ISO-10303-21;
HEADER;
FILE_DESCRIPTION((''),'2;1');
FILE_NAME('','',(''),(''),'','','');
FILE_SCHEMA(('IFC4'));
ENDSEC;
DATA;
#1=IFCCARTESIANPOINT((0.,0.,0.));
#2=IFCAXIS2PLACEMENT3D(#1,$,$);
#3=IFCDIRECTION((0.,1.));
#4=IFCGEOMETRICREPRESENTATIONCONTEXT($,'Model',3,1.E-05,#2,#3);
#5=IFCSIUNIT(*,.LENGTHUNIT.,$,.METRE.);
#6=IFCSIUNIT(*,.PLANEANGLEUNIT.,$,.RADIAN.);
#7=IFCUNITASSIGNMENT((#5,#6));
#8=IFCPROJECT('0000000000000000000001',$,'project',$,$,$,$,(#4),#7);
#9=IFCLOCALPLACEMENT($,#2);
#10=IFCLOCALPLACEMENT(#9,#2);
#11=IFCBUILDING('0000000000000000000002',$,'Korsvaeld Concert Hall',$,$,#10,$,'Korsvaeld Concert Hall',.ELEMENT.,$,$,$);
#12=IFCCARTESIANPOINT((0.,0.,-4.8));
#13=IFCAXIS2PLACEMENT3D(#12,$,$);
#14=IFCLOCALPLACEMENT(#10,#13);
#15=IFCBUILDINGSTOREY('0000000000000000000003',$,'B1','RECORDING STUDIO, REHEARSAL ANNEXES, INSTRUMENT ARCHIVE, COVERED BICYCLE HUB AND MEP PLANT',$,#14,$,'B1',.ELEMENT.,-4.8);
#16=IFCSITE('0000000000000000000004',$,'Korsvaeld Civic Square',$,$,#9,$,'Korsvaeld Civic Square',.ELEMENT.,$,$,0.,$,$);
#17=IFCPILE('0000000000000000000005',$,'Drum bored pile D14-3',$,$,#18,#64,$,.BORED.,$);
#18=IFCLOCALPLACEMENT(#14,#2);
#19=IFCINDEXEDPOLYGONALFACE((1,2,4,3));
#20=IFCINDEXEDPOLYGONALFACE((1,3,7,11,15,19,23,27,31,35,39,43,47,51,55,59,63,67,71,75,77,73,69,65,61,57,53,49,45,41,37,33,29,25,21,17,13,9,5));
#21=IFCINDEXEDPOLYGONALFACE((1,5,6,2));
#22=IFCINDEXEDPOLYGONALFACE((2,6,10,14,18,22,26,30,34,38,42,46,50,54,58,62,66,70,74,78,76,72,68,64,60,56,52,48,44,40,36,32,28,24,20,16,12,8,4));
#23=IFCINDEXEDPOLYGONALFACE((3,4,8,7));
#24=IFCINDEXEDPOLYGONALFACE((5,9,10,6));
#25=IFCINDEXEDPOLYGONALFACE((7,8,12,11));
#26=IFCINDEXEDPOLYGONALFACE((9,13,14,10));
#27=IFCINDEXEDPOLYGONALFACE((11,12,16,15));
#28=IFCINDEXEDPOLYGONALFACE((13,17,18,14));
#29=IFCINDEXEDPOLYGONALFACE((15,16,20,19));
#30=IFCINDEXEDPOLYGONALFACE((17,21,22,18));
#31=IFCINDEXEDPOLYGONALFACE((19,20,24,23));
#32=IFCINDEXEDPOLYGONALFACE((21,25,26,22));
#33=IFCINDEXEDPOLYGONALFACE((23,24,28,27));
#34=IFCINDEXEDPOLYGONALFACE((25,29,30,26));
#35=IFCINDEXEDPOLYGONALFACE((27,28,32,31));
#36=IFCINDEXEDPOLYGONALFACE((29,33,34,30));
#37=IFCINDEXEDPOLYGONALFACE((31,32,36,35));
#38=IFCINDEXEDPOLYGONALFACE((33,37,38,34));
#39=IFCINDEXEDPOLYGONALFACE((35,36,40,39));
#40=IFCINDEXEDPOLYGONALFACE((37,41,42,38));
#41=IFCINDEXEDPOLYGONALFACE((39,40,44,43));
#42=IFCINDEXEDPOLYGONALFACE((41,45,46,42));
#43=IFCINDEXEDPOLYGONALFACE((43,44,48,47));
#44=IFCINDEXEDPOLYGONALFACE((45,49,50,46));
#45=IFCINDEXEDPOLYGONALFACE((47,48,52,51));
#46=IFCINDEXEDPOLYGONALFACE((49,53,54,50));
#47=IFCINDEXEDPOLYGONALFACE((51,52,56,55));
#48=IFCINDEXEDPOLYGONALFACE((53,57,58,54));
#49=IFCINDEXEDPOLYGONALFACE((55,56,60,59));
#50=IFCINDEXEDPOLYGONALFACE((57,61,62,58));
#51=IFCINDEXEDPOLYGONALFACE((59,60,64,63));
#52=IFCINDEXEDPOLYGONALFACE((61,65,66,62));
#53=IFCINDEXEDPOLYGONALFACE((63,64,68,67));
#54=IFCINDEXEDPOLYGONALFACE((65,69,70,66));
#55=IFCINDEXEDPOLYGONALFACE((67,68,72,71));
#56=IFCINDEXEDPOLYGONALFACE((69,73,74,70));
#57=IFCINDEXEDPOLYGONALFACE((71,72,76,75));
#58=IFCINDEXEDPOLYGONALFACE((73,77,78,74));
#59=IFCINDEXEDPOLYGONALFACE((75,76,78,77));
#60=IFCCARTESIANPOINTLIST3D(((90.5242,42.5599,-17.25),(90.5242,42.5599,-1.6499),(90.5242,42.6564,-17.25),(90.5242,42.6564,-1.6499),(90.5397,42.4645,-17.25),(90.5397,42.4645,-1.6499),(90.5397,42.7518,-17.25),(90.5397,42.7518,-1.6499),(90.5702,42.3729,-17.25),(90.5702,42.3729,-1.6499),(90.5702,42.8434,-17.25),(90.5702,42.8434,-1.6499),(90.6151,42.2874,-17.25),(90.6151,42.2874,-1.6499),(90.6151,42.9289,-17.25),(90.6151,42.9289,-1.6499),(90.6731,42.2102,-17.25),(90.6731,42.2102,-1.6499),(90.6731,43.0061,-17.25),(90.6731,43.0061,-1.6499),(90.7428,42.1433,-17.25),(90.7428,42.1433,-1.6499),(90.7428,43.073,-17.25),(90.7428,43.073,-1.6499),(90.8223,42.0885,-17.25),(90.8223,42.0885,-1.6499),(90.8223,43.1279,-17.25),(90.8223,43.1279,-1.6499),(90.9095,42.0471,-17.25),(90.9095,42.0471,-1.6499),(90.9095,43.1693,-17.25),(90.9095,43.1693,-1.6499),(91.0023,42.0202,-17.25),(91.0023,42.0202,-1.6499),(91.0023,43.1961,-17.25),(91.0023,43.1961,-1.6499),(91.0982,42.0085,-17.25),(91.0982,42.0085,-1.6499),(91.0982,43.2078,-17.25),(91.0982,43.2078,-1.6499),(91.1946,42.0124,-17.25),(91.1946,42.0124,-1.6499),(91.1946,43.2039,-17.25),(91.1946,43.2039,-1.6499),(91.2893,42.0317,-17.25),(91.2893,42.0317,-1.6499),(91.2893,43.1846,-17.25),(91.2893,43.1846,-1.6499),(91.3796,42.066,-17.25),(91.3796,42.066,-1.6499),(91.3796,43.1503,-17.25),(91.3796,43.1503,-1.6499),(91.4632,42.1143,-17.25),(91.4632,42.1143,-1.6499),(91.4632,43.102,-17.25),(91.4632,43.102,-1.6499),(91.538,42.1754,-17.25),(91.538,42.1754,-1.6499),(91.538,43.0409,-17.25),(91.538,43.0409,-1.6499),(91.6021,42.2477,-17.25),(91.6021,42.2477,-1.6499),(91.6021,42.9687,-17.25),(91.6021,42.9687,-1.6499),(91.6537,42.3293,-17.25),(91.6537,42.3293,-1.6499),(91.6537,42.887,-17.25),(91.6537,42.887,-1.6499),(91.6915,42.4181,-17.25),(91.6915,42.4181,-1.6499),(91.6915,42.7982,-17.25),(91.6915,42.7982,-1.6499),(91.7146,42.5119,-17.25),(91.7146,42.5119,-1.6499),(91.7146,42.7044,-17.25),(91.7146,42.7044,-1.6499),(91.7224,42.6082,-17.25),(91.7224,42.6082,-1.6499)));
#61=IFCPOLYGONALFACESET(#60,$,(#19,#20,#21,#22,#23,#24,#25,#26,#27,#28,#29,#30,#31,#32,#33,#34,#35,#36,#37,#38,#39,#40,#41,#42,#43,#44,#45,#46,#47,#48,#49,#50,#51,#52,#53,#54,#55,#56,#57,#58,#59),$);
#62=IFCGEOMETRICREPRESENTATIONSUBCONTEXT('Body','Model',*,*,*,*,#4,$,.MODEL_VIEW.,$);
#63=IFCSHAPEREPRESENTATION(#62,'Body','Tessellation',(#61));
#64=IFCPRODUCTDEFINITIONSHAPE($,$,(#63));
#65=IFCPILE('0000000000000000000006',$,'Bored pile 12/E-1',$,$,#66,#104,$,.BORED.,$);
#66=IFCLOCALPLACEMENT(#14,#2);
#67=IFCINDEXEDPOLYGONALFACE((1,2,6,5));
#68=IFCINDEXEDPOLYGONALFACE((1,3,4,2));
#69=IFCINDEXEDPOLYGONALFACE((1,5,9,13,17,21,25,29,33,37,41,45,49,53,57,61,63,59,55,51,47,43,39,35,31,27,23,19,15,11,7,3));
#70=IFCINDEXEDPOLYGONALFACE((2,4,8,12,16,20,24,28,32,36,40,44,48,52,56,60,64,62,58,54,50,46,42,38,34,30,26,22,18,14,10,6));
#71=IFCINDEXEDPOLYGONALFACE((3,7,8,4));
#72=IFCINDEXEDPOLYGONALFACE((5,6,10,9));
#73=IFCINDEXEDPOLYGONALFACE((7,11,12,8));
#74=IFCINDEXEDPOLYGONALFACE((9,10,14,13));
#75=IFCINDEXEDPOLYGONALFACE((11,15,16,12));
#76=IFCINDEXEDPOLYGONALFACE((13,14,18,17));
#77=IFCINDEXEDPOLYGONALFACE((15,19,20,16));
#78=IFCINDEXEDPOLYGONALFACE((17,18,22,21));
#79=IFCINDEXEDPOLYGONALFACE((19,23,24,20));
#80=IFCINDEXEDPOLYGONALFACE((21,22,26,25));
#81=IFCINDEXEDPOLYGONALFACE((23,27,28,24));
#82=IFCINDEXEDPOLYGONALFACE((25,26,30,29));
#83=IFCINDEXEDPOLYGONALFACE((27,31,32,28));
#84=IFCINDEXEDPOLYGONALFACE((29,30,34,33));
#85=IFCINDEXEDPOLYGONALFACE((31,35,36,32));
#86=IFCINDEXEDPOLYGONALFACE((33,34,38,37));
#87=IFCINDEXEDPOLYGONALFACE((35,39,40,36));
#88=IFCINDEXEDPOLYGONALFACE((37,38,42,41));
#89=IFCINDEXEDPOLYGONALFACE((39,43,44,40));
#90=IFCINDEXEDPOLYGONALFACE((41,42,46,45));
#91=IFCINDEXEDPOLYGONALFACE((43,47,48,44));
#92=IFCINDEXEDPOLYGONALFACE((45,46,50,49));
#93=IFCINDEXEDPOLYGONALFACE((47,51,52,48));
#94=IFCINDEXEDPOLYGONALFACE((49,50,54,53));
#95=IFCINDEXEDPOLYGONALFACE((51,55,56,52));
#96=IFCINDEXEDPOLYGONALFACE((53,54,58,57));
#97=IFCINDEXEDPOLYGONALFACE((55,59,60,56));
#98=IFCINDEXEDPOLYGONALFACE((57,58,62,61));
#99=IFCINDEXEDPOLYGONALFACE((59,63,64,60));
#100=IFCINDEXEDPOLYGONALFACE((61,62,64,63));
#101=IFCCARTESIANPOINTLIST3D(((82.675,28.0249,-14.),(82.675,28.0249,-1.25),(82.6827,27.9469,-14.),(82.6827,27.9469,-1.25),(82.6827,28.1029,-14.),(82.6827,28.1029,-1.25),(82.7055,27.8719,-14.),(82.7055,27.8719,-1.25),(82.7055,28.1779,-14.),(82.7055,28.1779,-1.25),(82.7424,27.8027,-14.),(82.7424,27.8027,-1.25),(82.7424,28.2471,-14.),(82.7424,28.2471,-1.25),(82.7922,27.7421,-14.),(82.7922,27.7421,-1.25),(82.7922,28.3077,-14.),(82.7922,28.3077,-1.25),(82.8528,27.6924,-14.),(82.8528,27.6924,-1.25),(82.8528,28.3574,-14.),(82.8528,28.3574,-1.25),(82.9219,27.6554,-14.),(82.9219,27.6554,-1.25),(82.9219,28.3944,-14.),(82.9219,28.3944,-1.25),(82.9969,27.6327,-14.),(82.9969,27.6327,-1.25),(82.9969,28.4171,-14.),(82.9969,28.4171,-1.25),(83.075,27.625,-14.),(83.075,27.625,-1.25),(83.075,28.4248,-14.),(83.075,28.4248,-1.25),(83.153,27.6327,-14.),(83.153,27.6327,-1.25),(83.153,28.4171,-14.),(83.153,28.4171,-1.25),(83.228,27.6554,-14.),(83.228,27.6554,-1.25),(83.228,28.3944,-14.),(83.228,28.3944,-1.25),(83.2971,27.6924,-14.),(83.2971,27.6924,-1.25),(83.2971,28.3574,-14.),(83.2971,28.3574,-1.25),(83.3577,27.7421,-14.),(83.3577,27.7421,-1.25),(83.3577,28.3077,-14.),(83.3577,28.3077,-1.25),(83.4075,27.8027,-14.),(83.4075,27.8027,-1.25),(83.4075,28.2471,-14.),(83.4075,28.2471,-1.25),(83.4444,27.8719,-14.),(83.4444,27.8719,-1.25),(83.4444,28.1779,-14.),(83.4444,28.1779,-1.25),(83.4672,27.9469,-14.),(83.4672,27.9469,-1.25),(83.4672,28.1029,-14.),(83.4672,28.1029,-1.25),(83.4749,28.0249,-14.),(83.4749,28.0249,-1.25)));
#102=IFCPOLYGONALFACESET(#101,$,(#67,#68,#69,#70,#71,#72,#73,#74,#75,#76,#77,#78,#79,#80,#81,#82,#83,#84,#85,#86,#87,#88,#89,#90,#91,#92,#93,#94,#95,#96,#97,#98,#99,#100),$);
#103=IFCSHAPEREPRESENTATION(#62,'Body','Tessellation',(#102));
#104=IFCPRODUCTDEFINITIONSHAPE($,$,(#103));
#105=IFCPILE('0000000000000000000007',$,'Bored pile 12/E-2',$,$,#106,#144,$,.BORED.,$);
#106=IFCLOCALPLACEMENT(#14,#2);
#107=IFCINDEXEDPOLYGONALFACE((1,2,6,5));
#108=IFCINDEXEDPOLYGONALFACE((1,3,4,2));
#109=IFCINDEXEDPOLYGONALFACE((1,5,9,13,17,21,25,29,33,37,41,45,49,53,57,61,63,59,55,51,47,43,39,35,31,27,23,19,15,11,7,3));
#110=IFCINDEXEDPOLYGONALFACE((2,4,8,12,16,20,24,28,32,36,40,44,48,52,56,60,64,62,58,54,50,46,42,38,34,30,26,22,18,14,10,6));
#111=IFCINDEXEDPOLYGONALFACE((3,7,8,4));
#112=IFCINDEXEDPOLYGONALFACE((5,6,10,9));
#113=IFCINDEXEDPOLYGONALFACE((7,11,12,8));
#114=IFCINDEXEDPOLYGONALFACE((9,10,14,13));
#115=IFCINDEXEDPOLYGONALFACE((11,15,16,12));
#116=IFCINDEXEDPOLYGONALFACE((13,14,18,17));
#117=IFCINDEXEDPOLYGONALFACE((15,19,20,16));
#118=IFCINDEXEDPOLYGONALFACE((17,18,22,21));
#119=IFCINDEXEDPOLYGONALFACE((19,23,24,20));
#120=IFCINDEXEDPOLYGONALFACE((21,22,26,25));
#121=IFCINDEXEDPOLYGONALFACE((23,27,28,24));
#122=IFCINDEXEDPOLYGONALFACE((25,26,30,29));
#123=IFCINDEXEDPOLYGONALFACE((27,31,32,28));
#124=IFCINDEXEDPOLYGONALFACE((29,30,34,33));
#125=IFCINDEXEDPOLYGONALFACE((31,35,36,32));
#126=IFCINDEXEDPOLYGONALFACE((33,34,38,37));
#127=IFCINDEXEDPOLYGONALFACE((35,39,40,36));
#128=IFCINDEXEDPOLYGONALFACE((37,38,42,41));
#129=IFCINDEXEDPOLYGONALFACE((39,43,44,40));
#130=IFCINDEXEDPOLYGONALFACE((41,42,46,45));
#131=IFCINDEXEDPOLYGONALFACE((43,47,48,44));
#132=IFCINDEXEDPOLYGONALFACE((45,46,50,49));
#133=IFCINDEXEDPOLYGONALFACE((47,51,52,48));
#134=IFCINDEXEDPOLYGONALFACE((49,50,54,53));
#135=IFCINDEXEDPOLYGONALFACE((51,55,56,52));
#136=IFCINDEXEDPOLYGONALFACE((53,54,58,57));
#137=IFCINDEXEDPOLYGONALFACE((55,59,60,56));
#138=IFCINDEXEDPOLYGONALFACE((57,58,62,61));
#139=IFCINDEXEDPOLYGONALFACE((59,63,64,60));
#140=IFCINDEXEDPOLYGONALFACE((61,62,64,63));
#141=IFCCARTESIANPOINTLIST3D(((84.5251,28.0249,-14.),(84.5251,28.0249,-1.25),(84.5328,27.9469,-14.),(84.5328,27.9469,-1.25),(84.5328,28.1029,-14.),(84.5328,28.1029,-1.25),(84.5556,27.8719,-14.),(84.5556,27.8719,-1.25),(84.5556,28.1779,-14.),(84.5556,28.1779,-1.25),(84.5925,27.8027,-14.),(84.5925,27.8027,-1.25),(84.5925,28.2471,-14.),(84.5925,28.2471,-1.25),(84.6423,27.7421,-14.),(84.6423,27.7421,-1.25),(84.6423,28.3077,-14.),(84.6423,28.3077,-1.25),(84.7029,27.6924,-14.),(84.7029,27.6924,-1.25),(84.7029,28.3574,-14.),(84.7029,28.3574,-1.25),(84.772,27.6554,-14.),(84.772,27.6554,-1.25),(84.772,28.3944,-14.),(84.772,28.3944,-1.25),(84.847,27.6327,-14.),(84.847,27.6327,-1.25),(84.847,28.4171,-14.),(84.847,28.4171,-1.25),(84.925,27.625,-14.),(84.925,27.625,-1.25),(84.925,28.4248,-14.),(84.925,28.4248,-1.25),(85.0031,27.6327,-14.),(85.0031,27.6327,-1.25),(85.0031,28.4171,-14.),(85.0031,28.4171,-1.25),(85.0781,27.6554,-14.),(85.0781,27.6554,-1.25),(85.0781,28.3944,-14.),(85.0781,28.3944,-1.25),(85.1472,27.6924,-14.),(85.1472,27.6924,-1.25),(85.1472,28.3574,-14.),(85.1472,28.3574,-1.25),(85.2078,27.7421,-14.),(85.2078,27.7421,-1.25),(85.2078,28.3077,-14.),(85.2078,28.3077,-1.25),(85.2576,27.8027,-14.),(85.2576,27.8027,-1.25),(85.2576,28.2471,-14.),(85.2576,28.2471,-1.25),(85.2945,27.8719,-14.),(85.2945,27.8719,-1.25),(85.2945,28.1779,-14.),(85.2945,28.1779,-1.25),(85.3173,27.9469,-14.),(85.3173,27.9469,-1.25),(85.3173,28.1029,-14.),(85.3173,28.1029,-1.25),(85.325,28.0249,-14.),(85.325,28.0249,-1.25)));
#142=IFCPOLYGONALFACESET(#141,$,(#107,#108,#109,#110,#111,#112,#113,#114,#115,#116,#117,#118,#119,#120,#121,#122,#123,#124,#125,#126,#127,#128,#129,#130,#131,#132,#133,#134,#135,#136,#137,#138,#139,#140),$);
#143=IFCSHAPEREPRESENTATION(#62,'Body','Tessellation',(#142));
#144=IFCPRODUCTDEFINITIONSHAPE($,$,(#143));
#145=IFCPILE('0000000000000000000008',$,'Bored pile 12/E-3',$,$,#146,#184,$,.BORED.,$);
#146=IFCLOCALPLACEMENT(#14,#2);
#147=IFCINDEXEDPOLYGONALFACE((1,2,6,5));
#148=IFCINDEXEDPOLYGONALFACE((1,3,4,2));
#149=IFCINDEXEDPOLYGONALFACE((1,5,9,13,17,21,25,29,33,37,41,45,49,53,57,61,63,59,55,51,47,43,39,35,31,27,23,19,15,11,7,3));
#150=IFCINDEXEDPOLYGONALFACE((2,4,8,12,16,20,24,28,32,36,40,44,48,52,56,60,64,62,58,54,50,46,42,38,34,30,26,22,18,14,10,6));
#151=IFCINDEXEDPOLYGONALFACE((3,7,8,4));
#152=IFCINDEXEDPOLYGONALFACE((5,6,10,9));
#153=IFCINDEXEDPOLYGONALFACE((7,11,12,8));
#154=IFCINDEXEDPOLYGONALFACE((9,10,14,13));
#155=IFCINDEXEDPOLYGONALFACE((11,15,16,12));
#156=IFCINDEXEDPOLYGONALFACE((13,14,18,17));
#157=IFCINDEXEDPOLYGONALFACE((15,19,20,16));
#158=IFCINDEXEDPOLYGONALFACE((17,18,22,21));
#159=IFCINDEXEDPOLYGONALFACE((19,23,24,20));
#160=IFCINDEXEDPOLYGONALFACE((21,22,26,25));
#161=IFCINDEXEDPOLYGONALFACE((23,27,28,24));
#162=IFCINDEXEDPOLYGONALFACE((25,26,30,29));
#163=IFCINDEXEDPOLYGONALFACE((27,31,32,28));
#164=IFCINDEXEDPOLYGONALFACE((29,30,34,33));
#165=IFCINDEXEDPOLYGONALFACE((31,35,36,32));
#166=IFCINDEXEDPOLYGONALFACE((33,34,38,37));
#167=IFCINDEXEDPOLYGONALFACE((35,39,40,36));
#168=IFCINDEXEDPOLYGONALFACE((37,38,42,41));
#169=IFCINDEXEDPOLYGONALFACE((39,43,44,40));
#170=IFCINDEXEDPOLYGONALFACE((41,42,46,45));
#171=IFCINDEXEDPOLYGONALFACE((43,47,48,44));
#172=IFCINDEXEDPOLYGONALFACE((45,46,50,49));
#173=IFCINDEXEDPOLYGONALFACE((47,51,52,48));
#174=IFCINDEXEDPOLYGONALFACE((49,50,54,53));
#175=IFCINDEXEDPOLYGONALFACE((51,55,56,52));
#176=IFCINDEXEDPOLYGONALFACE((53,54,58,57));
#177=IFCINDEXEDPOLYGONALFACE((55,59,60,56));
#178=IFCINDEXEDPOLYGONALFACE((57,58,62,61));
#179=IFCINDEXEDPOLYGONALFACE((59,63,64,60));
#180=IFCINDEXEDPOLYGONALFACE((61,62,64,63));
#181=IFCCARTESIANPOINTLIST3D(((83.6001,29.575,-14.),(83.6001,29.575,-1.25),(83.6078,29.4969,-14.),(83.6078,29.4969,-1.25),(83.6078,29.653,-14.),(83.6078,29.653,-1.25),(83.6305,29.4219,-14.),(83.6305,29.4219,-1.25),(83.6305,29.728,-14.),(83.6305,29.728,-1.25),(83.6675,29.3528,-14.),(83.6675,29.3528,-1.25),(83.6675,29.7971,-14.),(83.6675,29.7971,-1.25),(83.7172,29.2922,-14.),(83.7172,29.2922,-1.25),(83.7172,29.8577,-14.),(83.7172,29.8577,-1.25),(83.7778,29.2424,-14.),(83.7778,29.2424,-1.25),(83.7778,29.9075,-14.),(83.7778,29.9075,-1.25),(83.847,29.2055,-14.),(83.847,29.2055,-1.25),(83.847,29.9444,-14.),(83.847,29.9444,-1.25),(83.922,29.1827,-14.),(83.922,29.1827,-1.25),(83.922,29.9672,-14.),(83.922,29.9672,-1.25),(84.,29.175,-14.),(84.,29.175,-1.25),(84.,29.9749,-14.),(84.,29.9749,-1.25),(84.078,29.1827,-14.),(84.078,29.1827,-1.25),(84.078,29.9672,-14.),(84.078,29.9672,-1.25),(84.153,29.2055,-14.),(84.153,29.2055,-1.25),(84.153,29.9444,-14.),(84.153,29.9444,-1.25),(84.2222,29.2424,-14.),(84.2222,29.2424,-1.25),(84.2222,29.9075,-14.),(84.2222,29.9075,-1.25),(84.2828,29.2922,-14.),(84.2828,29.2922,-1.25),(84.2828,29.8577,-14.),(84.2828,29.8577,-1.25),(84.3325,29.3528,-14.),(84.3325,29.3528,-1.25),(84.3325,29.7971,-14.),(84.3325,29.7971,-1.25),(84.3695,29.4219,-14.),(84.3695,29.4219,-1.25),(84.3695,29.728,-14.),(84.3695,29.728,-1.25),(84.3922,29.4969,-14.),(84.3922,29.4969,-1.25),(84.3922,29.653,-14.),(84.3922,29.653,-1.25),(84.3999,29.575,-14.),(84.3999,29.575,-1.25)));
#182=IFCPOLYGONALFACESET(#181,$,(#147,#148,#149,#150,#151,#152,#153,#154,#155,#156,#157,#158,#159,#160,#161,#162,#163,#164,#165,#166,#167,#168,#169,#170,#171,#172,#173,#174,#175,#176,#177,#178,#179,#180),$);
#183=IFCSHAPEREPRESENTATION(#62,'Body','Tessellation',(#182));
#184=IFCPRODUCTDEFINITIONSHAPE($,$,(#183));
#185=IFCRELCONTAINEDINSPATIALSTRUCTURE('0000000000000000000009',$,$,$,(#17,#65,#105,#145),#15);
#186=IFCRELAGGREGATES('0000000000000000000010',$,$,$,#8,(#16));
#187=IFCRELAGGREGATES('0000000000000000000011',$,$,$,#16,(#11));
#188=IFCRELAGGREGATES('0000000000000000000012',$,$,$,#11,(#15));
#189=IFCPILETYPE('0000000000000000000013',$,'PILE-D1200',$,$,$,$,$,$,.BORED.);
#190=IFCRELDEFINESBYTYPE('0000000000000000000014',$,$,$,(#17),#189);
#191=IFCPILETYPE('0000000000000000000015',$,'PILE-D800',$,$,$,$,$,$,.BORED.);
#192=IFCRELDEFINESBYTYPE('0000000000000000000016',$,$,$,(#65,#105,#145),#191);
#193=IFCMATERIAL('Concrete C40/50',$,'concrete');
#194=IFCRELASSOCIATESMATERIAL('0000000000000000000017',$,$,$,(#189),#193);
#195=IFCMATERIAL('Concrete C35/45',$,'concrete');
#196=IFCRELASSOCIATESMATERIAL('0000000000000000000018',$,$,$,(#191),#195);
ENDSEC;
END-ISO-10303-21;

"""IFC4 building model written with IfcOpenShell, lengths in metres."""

from ifc_helpers import new_model, si_unit, direction, frame, origin, origin_2d, place, context, subcontext, project, spatial, circle, extrude, material, material_profile, profile_set, type_object, element, save


model = new_model("IFC4")

# Units and contexts
model_context = context("Model", 3, precision=1e-05, world=origin(), true_north=direction((0.0, 1.0)))
body_context = subcontext(model_context, "Body", "Model", "MODEL_VIEW")
ifc_project = project(units=[si_unit("LENGTHUNIT", "METRE"), si_unit("PLANEANGLEUNIT", "RADIAN")], contexts=[model_context])

# Site, building, storey
site_placement = place(None, origin())
site = spatial("IfcSite", under=ifc_project, at=site_placement, Name="Korsvaeld Civic Square", LongName="Korsvaeld Civic Square", CompositionType="ELEMENT", RefElevation=0.0)
building_placement = place(site_placement, origin())
building = spatial("IfcBuilding", under=site, at=building_placement, Name="Korsvaeld Concert Hall", LongName="Korsvaeld Concert Hall", CompositionType="ELEMENT")
storey_placement = place(building_placement, frame((0.0, 0.0, -4.8)))
storey = spatial("IfcBuildingStorey", under=building, at=storey_placement, Name="B1", Description="RECORDING STUDIO, REHEARSAL ANNEXES, INSTRUMENT ARCHIVE, COVERED BICYCLE HUB AND MEP PLANT", LongName="B1", CompositionType="ELEMENT", Elevation=-4.8)

# Shared definitions
ifc_material_1 = material(Name="Concrete C35/45", Category="concrete")

# Piles
ifc_material_2 = material(Name="Concrete C40/50", Category="concrete")
ifc_material_profile_1 = material_profile(ifc_material_2, circle(Radius=0.6001, at=origin_2d()), Name="BORED PILE D1200")
ifc_profile_set_1 = profile_set([ifc_material_profile_1], Name="Concrete C40/50")
pile_type_1 = type_object("IfcPileType", Name="PILE-D1200", PredefinedType="BORED", material=ifc_profile_set_1)
pile_placement = place(storey_placement, frame((91.1223, 42.6082, -1.6499), z_axis=(0.0, 0.0, -1.0), x_axis=(1.0, 0.0, 0.0)))
element("IfcPile", 1, at=pile_placement, inside=storey, type_object=pile_type_1, Name="Drum bored pile D14-3", PredefinedType="BORED", context=body_context, shape_type="SweptSolid", body=[
    extrude(circle(Radius=0.6001, at=origin_2d()), origin(), (0.0, 0.0, 1.0), 15.6001),
])
ifc_material_profile_2 = material_profile(ifc_material_1, circle(Radius=0.3999, at=origin_2d()), Name="BORED PILE D800")
ifc_profile_set_2 = profile_set([ifc_material_profile_2], Name="Concrete C35/45")
pile_type_2 = type_object("IfcPileType", Name="PILE-D800", PredefinedType="BORED", material=ifc_profile_set_2)
for number, where, z_axis, x_axis, name in (
    (2, (83.075, 28.0249, -1.25), (0.0, 0.0, -1.0), (1.0, 0.0, 0.0), "Bored pile 12/E-1"),
    (3, (84.925, 28.0249, -1.25), (0.0, 0.0, -1.0), (1.0, 0.0, 0.0), "Bored pile 12/E-2"),
    (4, (84.0, 29.575, -1.25), (0.0, 0.0, -1.0), (1.0, 0.0, 0.0), "Bored pile 12/E-3"),
):
    element("IfcPile", number, at=place(storey_placement, frame(where, z_axis=z_axis, x_axis=x_axis)), inside=storey, type_object=pile_type_2, Name=name, PredefinedType="BORED", context=body_context, shape_type="SweptSolid", body=[
        extrude(circle(Radius=0.3999, at=origin_2d()), origin(), (0.0, 0.0, 1.0), 12.75),
    ])

save(model, "model.ifc")
